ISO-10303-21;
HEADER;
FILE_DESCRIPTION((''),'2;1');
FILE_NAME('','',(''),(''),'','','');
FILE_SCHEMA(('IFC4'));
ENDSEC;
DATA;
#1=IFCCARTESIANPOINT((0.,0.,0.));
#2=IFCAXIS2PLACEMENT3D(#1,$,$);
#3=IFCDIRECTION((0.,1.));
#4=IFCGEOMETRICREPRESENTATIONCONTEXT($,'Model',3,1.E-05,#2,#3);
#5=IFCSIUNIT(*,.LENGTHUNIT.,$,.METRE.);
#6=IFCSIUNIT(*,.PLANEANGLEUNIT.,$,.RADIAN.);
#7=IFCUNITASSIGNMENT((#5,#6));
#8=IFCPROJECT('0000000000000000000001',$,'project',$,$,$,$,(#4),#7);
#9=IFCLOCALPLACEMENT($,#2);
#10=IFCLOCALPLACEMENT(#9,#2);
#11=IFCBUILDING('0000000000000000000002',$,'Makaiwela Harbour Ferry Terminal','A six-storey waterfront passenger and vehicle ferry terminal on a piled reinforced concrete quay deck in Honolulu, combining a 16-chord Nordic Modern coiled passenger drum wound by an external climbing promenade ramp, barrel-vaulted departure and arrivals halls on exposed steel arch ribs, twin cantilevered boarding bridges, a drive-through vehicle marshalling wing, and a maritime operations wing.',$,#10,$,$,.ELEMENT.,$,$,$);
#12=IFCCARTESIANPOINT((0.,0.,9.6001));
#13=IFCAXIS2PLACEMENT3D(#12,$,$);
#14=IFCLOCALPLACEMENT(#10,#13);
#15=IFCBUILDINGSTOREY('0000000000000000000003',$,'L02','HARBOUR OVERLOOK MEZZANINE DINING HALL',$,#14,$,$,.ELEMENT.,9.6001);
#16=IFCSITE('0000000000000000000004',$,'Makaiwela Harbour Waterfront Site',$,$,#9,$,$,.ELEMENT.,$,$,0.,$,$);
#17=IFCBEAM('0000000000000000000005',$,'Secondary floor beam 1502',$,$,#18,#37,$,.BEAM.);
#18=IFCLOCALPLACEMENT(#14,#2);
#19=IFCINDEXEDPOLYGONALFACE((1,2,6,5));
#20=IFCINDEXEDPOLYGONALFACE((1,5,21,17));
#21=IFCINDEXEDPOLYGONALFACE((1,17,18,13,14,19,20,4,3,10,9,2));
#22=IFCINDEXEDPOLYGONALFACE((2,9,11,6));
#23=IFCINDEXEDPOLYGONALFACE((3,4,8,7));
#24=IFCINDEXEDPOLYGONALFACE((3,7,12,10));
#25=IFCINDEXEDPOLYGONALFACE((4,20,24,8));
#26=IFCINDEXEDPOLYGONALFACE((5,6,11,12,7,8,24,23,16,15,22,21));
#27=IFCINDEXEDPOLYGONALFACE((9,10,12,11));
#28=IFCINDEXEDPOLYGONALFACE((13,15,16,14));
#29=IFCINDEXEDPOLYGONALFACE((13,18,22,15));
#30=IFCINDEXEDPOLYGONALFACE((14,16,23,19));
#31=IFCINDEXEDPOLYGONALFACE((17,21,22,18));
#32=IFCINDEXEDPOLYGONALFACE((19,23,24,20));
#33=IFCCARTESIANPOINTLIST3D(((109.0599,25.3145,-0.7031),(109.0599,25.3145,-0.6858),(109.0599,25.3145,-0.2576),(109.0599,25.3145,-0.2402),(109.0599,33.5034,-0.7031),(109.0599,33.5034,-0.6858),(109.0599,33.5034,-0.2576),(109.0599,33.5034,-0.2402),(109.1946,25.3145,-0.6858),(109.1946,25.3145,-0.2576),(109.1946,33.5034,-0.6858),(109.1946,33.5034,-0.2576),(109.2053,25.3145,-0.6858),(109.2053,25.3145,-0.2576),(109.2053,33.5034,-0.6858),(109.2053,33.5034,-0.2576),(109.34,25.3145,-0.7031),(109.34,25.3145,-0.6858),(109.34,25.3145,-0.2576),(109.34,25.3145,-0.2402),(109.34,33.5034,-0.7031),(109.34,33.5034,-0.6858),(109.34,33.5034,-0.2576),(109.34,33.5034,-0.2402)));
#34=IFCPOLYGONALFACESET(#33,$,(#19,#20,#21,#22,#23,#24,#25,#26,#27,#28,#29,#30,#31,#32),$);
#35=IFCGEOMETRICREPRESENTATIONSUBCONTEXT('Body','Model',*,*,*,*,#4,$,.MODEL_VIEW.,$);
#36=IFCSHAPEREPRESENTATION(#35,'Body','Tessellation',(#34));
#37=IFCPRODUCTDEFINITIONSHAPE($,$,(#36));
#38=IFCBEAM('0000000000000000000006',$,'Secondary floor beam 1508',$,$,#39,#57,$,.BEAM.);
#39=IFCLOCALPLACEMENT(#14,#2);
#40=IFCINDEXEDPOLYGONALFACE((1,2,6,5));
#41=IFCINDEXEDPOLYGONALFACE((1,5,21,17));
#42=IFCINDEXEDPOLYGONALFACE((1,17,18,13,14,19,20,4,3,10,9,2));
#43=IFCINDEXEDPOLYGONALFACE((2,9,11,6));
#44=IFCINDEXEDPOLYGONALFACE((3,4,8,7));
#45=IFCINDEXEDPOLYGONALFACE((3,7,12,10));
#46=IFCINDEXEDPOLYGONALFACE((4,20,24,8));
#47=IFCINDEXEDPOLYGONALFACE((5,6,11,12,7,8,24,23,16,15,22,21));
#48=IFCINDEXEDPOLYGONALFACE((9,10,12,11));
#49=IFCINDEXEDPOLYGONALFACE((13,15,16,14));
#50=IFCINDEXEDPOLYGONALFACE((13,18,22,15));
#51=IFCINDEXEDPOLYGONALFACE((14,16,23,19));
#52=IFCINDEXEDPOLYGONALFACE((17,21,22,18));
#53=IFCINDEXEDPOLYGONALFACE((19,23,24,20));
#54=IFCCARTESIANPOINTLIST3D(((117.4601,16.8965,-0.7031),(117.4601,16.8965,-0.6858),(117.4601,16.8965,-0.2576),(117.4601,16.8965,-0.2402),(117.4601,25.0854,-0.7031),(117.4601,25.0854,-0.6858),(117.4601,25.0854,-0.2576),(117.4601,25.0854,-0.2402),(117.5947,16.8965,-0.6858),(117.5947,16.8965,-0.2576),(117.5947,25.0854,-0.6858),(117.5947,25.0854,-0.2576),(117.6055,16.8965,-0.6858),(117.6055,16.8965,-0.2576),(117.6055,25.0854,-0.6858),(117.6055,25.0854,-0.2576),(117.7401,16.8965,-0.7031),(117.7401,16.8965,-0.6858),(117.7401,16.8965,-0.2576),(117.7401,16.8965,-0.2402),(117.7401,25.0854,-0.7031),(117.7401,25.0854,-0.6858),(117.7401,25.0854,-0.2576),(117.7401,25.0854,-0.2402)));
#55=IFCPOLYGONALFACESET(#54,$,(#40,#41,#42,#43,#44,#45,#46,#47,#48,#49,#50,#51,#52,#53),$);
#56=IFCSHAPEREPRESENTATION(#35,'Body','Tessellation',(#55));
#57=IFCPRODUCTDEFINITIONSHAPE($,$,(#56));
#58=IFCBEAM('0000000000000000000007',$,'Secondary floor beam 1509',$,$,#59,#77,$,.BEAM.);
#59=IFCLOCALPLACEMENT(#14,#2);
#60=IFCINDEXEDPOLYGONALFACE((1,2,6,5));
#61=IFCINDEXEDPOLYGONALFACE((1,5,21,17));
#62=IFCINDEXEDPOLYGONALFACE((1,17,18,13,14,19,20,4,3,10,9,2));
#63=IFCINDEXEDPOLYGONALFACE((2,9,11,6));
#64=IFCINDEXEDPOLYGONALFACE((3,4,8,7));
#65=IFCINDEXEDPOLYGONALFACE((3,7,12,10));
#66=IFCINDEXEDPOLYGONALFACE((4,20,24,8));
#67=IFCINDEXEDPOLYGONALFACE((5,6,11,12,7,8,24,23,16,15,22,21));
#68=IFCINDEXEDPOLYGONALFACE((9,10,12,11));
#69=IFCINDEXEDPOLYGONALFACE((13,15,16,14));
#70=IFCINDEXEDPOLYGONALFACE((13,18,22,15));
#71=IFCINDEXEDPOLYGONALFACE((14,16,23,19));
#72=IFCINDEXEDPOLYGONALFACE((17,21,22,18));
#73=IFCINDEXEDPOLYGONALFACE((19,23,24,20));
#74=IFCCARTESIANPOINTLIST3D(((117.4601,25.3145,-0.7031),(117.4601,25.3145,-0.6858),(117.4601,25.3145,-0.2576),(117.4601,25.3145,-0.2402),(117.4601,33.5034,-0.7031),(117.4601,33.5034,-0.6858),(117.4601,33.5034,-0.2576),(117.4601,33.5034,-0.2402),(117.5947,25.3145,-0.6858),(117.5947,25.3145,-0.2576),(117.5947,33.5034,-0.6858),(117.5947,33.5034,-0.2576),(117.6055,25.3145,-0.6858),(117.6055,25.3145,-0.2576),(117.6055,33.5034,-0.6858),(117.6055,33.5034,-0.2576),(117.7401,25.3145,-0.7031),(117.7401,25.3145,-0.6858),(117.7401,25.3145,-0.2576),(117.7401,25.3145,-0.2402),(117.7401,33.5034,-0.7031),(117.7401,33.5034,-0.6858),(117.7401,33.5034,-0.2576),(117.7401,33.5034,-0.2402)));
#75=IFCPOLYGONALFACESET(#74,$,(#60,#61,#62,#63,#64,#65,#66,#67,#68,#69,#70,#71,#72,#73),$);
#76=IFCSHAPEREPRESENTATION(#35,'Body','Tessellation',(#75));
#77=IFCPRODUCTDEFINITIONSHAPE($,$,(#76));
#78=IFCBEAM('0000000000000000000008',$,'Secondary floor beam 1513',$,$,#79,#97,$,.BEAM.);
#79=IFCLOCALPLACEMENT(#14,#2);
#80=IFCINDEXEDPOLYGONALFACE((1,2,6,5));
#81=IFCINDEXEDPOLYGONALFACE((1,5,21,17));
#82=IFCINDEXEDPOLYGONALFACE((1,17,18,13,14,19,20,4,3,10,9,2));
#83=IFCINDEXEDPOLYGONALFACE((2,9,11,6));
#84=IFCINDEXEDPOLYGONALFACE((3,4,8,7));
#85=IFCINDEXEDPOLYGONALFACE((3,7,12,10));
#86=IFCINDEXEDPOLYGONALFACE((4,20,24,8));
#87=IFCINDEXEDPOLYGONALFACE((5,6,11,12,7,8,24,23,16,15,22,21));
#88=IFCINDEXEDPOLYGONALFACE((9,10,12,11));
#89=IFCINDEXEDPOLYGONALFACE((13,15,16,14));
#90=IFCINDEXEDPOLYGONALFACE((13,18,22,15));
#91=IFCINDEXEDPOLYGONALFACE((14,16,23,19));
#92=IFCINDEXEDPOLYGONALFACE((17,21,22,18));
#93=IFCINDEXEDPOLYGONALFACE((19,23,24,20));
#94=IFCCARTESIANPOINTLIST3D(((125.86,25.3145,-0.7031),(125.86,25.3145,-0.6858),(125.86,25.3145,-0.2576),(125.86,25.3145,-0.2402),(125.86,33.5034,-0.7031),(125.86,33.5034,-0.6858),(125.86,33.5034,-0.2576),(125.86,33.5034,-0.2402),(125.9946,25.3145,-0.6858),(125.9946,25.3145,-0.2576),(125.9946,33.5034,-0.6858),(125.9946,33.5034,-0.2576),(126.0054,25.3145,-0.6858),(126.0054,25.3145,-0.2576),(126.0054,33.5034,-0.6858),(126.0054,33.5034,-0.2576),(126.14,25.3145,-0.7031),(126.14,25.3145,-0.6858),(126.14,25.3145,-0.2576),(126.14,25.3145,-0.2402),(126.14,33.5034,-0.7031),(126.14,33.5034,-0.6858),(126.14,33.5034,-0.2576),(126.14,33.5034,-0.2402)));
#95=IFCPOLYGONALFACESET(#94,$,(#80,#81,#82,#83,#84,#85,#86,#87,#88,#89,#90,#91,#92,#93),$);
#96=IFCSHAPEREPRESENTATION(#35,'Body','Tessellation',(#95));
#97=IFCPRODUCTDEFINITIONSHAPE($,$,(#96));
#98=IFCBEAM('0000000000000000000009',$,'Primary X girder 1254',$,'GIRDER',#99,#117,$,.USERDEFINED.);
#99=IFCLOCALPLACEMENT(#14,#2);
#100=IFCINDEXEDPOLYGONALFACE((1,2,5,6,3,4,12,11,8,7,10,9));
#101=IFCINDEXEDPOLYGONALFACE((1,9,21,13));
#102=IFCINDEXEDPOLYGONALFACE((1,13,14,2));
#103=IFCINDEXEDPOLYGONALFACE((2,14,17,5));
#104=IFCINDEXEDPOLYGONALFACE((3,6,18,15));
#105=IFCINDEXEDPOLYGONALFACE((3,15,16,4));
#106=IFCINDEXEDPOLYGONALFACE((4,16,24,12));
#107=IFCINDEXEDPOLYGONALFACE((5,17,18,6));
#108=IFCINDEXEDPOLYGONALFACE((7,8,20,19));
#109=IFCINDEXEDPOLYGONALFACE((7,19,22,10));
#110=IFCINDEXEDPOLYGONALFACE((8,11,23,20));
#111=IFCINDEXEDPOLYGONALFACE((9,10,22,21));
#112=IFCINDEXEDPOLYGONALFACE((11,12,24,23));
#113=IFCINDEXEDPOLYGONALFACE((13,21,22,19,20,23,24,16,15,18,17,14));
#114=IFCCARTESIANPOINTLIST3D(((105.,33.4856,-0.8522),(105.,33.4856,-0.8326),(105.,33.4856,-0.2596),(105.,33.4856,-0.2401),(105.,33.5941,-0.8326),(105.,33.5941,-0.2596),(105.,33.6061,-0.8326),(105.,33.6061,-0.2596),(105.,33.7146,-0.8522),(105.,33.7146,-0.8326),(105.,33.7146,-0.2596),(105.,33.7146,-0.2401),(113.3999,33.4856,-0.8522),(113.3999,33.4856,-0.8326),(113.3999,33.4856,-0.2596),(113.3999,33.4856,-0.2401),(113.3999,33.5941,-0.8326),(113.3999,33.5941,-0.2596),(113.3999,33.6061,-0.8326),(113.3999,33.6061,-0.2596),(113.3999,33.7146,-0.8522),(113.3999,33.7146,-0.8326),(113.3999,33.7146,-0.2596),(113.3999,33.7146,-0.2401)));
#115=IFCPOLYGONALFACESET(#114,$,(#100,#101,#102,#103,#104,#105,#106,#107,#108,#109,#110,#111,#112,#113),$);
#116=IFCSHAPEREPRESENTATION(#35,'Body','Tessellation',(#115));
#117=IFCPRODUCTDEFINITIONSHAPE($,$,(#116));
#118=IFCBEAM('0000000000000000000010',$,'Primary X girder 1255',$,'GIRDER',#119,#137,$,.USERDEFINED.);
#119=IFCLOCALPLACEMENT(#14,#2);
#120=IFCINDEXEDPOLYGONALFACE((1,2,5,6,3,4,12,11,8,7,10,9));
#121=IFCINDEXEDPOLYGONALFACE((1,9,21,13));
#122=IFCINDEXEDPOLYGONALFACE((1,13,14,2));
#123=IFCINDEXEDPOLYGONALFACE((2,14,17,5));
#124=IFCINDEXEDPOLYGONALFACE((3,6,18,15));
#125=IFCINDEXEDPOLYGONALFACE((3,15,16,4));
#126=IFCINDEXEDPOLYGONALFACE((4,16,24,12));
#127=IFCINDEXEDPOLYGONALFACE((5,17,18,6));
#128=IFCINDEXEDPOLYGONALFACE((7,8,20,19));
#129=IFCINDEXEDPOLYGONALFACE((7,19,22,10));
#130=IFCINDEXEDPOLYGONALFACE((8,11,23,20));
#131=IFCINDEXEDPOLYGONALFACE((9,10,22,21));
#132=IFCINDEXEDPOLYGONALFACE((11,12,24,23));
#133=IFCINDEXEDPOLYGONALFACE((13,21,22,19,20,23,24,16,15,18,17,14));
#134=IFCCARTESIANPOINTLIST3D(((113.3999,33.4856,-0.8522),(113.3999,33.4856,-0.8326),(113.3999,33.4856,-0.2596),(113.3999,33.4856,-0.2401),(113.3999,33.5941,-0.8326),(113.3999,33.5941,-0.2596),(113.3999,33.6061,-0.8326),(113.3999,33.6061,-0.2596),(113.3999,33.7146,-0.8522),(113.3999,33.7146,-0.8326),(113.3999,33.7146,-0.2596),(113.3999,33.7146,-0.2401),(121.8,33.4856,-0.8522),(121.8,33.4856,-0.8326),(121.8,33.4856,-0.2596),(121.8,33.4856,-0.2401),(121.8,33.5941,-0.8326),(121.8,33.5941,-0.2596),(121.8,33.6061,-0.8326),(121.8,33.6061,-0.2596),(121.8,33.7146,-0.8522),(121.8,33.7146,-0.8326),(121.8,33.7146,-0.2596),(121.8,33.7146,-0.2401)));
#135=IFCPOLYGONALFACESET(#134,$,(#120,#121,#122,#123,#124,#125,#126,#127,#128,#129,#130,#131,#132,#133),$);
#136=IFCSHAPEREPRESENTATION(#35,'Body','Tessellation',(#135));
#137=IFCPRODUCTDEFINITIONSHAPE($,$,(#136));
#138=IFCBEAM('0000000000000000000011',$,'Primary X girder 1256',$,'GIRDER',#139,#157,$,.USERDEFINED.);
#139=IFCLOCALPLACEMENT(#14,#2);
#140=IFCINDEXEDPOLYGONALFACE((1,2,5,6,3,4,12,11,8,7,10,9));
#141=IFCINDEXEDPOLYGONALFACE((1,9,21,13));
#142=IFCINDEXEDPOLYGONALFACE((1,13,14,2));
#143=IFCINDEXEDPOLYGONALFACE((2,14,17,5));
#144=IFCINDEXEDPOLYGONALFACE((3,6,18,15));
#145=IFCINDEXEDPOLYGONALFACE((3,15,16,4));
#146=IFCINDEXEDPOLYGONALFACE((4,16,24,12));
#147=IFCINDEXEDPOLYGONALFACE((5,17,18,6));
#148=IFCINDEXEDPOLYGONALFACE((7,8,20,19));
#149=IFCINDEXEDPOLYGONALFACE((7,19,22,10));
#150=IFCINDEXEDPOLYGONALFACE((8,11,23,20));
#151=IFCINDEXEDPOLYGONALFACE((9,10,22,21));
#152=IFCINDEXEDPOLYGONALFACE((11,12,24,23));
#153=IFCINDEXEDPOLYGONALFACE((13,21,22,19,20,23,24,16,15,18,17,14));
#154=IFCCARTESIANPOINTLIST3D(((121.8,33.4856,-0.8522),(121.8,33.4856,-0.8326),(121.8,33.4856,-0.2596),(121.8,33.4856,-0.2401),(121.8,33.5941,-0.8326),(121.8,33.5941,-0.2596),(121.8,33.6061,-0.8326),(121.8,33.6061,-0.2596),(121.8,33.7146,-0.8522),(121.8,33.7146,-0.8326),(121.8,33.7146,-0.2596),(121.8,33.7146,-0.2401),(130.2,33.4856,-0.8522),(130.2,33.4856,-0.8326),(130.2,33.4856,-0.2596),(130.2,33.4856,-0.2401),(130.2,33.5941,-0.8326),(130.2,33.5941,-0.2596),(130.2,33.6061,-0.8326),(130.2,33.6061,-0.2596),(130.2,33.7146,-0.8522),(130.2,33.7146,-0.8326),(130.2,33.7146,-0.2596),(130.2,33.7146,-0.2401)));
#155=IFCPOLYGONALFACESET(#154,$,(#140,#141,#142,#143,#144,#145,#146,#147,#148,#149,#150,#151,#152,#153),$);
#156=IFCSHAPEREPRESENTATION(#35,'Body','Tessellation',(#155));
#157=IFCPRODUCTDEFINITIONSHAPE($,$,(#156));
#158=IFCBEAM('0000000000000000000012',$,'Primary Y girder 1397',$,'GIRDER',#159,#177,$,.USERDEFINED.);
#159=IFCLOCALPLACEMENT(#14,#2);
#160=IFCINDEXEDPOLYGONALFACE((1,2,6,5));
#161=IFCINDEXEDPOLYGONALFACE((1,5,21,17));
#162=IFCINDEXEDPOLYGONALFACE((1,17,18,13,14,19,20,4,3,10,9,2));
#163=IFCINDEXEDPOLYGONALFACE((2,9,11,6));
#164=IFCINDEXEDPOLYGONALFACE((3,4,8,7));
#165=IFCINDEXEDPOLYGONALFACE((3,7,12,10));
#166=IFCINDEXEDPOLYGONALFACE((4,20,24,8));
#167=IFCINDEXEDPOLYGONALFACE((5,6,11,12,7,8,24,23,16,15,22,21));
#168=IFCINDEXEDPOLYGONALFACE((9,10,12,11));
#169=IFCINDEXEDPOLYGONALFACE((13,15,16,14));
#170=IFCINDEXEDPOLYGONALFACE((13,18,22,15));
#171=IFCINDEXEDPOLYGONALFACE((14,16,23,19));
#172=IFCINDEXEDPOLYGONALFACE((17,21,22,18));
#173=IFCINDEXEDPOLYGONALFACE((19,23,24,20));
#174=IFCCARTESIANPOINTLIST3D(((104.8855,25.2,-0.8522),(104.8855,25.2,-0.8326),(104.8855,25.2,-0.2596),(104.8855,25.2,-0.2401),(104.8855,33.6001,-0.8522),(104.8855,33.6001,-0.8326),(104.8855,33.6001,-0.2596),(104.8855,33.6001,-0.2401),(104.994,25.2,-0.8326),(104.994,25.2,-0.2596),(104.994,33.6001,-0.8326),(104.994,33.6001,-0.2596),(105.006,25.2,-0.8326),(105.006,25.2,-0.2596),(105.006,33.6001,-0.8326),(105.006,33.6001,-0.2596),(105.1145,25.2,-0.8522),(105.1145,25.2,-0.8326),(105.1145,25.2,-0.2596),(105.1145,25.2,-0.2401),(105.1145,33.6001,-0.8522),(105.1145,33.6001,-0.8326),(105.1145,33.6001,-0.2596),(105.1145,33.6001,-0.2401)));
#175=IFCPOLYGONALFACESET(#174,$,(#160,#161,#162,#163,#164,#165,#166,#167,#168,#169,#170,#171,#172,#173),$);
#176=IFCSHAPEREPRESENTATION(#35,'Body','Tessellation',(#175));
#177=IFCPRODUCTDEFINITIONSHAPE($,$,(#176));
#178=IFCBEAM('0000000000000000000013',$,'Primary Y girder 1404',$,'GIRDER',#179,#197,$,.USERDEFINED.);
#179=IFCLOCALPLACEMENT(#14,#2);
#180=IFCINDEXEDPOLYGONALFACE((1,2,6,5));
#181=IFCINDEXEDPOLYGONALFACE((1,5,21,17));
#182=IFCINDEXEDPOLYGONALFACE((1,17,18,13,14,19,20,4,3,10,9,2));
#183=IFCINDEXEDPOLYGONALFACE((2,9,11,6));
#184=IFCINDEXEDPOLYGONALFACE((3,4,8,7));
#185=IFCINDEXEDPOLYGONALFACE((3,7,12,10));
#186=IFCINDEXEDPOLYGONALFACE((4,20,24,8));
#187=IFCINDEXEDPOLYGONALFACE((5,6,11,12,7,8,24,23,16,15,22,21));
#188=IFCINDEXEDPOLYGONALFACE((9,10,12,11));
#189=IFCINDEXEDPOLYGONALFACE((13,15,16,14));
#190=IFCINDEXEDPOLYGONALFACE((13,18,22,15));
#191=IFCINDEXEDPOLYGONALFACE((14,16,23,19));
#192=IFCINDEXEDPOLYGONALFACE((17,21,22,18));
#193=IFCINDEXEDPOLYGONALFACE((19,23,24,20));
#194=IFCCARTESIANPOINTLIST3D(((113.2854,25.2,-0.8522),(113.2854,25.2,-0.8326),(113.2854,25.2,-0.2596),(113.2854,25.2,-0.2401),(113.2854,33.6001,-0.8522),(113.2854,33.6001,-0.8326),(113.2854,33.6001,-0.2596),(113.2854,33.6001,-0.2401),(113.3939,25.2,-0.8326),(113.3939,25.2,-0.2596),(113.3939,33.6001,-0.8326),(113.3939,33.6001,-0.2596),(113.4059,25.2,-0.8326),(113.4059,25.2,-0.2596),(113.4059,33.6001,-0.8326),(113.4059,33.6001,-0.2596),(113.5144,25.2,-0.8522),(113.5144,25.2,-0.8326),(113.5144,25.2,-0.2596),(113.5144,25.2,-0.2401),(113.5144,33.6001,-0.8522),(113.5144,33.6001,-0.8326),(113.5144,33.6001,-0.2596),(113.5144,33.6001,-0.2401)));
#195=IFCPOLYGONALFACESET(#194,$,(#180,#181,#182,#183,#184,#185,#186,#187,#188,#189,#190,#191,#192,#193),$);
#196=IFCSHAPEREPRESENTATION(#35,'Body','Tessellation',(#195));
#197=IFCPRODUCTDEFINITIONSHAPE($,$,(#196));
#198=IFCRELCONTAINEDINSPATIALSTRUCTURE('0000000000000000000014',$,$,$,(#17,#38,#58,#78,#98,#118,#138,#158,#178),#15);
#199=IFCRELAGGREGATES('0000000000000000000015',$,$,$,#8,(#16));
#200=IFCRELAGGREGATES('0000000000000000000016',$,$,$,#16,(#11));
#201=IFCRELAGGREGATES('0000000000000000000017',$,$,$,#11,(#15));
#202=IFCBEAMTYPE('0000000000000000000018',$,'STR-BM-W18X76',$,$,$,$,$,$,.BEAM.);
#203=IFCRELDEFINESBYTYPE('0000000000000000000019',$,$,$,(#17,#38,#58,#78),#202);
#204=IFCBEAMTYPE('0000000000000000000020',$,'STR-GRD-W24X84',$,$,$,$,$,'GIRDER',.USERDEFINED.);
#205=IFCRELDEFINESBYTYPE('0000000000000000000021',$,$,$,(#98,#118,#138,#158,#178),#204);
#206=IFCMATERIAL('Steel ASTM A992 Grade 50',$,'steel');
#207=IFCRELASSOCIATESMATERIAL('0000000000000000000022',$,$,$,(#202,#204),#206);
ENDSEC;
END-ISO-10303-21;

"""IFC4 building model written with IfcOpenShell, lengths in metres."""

from ifc_helpers import new_model, si_unit, direction, frame, origin, origin_2d, place, context, subcontext, project, spatial, i_section, extrude, material, material_profile, profile_set, type_object, element, save


model = new_model("IFC4")

# Units and contexts
model_context = context("Model", 3, precision=1e-05, world=origin(), true_north=direction((0.0, 1.0)))
body_context = subcontext(model_context, "Body", "Model", "MODEL_VIEW")
ifc_project = project(units=[si_unit("LENGTHUNIT", "METRE"), si_unit("PLANEANGLEUNIT", "RADIAN")], contexts=[model_context])

# Site, building, storey
site_placement = place(None, origin())
site = spatial("IfcSite", under=ifc_project, at=site_placement, Name="Makaiwela Harbour Waterfront Site", CompositionType="ELEMENT", RefElevation=0.0)
building_placement = place(site_placement, origin())
building = spatial("IfcBuilding", under=site, at=building_placement, Name="Makaiwela Harbour Ferry Terminal", Description="A six-storey waterfront passenger and vehicle ferry terminal on a piled reinforced concrete quay deck in Honolulu, combining a 16-chord Nordic Modern coiled passenger drum wound by an external climbing promenade ramp, barrel-vaulted departure and arrivals halls on exposed steel arch ribs, twin cantilevered boarding bridges, a drive-through vehicle marshalling wing, and a maritime operations wing.", CompositionType="ELEMENT")
storey_placement = place(building_placement, frame((0.0, 0.0, 9.6001)))
storey = spatial("IfcBuildingStorey", under=building, at=storey_placement, Name="L02", Description="HARBOUR OVERLOOK MEZZANINE DINING HALL", CompositionType="ELEMENT", Elevation=9.6001)

# Beams
ifc_material_1 = material(Name="Steel ASTM A992 Grade 50", Category="steel")
ifc_material_profile_1 = material_profile(ifc_material_1, i_section(OverallWidth=0.28, OverallDepth=0.4629, WebThickness=0.0107, FlangeThickness=0.0173, at=origin_2d()), Name="W18X76")
ifc_profile_set_1 = profile_set([ifc_material_profile_1], Name="Steel ASTM A992 Grade 50")
beam_type_1 = type_object("IfcBeamType", Name="STR-BM-W18X76", PredefinedType="BEAM", material=ifc_profile_set_1)
for number, where, z_axis, x_axis, name in (
    (1, (109.2, 25.3145, -0.4717), (0.0, 1.0, 0.0), (-1.0, 0.0, 0.0), "Secondary floor beam 1502"),
    (2, (117.6001, 16.8965, -0.4717), (0.0, 1.0, 0.0), (-1.0, 0.0, 0.0), "Secondary floor beam 1508"),
    (3, (117.6001, 25.3145, -0.4717), (0.0, 1.0, 0.0), (-1.0, 0.0, 0.0), "Secondary floor beam 1509"),
    (4, (126.0, 25.3145, -0.4717), (0.0, 1.0, 0.0), (-1.0, 0.0, 0.0), "Secondary floor beam 1513"),
):
    element("IfcBeam", number, at=place(storey_placement, frame(where, z_axis=z_axis, x_axis=x_axis)), inside=storey, type_object=beam_type_1, Name=name, PredefinedType="BEAM", context=body_context, shape_type="SweptSolid", body=[
        extrude(i_section(OverallWidth=0.28, OverallDepth=0.4629, WebThickness=0.0107, FlangeThickness=0.0173, at=origin_2d()), origin(), (0.0, 0.0, 1.0), 8.189),
    ])
ifc_material_profile_2 = material_profile(ifc_material_1, i_section(OverallWidth=0.229, OverallDepth=0.6121, WebThickness=0.012, FlangeThickness=0.0195, at=origin_2d()), Name="W24X84")
ifc_profile_set_2 = profile_set([ifc_material_profile_2], Name="Steel ASTM A992 Grade 50")
beam_type_2 = type_object("IfcBeamType", Name="STR-GRD-W24X84", ElementType="GIRDER", PredefinedType="USERDEFINED", material=ifc_profile_set_2)
beam_1_placement = place(storey_placement, frame((105.0, 33.6001, -0.5461), z_axis=(1.0, 0.0, 0.0), x_axis=(0.0, 1.0, 0.0)))
element("IfcBeam", 5, at=beam_1_placement, inside=storey, type_object=beam_type_2, Name="Primary X girder 1254", ObjectType="GIRDER", PredefinedType="USERDEFINED", context=body_context, shape_type="SweptSolid", body=[
    extrude(i_section(OverallWidth=0.229, OverallDepth=0.6121, WebThickness=0.012, FlangeThickness=0.0195, at=origin_2d()), origin(), (0.0, 0.0, 1.0), 8.3999),
])
beam_2_placement = place(storey_placement, frame((113.3999, 33.6001, -0.5461), z_axis=(1.0, 0.0, 0.0), x_axis=(0.0, 1.0, 0.0)))
element("IfcBeam", 6, at=beam_2_placement, inside=storey, type_object=beam_type_2, Name="Primary X girder 1255", ObjectType="GIRDER", PredefinedType="USERDEFINED", context=body_context, shape_type="SweptSolid", body=[
    extrude(i_section(OverallWidth=0.229, OverallDepth=0.6121, WebThickness=0.012, FlangeThickness=0.0195, at=origin_2d()), origin(), (0.0, 0.0, 1.0), 8.4001),
])
beam_3_placement = place(storey_placement, frame((121.8, 33.6001, -0.5461), z_axis=(1.0, 0.0, 0.0), x_axis=(0.0, 1.0, 0.0)))
element("IfcBeam", 7, at=beam_3_placement, inside=storey, type_object=beam_type_2, Name="Primary X girder 1256", ObjectType="GIRDER", PredefinedType="USERDEFINED", context=body_context, shape_type="SweptSolid", body=[
    extrude(i_section(OverallWidth=0.229, OverallDepth=0.6121, WebThickness=0.012, FlangeThickness=0.0195, at=origin_2d()), origin(), (0.0, 0.0, 1.0), 8.3999),
])
for number, where, z_axis, x_axis, name in (
    (8, (105.0, 25.2, -0.5461), (0.0, 1.0, 0.0), (-1.0, 0.0, 0.0), "Primary Y girder 1397"),
    (9, (113.3999, 25.2, -0.5461), (0.0, 1.0, 0.0), (-1.0, 0.0, 0.0), "Primary Y girder 1404"),
):
    element("IfcBeam", number, at=place(storey_placement, frame(where, z_axis=z_axis, x_axis=x_axis)), inside=storey, type_object=beam_type_2, Name=name, ObjectType="GIRDER", PredefinedType="USERDEFINED", context=body_context, shape_type="SweptSolid", body=[
        extrude(i_section(OverallWidth=0.229, OverallDepth=0.6121, WebThickness=0.012, FlangeThickness=0.0195, at=origin_2d()), origin(), (0.0, 0.0, 1.0), 8.4001),
    ])

save(model, "model.ifc")
